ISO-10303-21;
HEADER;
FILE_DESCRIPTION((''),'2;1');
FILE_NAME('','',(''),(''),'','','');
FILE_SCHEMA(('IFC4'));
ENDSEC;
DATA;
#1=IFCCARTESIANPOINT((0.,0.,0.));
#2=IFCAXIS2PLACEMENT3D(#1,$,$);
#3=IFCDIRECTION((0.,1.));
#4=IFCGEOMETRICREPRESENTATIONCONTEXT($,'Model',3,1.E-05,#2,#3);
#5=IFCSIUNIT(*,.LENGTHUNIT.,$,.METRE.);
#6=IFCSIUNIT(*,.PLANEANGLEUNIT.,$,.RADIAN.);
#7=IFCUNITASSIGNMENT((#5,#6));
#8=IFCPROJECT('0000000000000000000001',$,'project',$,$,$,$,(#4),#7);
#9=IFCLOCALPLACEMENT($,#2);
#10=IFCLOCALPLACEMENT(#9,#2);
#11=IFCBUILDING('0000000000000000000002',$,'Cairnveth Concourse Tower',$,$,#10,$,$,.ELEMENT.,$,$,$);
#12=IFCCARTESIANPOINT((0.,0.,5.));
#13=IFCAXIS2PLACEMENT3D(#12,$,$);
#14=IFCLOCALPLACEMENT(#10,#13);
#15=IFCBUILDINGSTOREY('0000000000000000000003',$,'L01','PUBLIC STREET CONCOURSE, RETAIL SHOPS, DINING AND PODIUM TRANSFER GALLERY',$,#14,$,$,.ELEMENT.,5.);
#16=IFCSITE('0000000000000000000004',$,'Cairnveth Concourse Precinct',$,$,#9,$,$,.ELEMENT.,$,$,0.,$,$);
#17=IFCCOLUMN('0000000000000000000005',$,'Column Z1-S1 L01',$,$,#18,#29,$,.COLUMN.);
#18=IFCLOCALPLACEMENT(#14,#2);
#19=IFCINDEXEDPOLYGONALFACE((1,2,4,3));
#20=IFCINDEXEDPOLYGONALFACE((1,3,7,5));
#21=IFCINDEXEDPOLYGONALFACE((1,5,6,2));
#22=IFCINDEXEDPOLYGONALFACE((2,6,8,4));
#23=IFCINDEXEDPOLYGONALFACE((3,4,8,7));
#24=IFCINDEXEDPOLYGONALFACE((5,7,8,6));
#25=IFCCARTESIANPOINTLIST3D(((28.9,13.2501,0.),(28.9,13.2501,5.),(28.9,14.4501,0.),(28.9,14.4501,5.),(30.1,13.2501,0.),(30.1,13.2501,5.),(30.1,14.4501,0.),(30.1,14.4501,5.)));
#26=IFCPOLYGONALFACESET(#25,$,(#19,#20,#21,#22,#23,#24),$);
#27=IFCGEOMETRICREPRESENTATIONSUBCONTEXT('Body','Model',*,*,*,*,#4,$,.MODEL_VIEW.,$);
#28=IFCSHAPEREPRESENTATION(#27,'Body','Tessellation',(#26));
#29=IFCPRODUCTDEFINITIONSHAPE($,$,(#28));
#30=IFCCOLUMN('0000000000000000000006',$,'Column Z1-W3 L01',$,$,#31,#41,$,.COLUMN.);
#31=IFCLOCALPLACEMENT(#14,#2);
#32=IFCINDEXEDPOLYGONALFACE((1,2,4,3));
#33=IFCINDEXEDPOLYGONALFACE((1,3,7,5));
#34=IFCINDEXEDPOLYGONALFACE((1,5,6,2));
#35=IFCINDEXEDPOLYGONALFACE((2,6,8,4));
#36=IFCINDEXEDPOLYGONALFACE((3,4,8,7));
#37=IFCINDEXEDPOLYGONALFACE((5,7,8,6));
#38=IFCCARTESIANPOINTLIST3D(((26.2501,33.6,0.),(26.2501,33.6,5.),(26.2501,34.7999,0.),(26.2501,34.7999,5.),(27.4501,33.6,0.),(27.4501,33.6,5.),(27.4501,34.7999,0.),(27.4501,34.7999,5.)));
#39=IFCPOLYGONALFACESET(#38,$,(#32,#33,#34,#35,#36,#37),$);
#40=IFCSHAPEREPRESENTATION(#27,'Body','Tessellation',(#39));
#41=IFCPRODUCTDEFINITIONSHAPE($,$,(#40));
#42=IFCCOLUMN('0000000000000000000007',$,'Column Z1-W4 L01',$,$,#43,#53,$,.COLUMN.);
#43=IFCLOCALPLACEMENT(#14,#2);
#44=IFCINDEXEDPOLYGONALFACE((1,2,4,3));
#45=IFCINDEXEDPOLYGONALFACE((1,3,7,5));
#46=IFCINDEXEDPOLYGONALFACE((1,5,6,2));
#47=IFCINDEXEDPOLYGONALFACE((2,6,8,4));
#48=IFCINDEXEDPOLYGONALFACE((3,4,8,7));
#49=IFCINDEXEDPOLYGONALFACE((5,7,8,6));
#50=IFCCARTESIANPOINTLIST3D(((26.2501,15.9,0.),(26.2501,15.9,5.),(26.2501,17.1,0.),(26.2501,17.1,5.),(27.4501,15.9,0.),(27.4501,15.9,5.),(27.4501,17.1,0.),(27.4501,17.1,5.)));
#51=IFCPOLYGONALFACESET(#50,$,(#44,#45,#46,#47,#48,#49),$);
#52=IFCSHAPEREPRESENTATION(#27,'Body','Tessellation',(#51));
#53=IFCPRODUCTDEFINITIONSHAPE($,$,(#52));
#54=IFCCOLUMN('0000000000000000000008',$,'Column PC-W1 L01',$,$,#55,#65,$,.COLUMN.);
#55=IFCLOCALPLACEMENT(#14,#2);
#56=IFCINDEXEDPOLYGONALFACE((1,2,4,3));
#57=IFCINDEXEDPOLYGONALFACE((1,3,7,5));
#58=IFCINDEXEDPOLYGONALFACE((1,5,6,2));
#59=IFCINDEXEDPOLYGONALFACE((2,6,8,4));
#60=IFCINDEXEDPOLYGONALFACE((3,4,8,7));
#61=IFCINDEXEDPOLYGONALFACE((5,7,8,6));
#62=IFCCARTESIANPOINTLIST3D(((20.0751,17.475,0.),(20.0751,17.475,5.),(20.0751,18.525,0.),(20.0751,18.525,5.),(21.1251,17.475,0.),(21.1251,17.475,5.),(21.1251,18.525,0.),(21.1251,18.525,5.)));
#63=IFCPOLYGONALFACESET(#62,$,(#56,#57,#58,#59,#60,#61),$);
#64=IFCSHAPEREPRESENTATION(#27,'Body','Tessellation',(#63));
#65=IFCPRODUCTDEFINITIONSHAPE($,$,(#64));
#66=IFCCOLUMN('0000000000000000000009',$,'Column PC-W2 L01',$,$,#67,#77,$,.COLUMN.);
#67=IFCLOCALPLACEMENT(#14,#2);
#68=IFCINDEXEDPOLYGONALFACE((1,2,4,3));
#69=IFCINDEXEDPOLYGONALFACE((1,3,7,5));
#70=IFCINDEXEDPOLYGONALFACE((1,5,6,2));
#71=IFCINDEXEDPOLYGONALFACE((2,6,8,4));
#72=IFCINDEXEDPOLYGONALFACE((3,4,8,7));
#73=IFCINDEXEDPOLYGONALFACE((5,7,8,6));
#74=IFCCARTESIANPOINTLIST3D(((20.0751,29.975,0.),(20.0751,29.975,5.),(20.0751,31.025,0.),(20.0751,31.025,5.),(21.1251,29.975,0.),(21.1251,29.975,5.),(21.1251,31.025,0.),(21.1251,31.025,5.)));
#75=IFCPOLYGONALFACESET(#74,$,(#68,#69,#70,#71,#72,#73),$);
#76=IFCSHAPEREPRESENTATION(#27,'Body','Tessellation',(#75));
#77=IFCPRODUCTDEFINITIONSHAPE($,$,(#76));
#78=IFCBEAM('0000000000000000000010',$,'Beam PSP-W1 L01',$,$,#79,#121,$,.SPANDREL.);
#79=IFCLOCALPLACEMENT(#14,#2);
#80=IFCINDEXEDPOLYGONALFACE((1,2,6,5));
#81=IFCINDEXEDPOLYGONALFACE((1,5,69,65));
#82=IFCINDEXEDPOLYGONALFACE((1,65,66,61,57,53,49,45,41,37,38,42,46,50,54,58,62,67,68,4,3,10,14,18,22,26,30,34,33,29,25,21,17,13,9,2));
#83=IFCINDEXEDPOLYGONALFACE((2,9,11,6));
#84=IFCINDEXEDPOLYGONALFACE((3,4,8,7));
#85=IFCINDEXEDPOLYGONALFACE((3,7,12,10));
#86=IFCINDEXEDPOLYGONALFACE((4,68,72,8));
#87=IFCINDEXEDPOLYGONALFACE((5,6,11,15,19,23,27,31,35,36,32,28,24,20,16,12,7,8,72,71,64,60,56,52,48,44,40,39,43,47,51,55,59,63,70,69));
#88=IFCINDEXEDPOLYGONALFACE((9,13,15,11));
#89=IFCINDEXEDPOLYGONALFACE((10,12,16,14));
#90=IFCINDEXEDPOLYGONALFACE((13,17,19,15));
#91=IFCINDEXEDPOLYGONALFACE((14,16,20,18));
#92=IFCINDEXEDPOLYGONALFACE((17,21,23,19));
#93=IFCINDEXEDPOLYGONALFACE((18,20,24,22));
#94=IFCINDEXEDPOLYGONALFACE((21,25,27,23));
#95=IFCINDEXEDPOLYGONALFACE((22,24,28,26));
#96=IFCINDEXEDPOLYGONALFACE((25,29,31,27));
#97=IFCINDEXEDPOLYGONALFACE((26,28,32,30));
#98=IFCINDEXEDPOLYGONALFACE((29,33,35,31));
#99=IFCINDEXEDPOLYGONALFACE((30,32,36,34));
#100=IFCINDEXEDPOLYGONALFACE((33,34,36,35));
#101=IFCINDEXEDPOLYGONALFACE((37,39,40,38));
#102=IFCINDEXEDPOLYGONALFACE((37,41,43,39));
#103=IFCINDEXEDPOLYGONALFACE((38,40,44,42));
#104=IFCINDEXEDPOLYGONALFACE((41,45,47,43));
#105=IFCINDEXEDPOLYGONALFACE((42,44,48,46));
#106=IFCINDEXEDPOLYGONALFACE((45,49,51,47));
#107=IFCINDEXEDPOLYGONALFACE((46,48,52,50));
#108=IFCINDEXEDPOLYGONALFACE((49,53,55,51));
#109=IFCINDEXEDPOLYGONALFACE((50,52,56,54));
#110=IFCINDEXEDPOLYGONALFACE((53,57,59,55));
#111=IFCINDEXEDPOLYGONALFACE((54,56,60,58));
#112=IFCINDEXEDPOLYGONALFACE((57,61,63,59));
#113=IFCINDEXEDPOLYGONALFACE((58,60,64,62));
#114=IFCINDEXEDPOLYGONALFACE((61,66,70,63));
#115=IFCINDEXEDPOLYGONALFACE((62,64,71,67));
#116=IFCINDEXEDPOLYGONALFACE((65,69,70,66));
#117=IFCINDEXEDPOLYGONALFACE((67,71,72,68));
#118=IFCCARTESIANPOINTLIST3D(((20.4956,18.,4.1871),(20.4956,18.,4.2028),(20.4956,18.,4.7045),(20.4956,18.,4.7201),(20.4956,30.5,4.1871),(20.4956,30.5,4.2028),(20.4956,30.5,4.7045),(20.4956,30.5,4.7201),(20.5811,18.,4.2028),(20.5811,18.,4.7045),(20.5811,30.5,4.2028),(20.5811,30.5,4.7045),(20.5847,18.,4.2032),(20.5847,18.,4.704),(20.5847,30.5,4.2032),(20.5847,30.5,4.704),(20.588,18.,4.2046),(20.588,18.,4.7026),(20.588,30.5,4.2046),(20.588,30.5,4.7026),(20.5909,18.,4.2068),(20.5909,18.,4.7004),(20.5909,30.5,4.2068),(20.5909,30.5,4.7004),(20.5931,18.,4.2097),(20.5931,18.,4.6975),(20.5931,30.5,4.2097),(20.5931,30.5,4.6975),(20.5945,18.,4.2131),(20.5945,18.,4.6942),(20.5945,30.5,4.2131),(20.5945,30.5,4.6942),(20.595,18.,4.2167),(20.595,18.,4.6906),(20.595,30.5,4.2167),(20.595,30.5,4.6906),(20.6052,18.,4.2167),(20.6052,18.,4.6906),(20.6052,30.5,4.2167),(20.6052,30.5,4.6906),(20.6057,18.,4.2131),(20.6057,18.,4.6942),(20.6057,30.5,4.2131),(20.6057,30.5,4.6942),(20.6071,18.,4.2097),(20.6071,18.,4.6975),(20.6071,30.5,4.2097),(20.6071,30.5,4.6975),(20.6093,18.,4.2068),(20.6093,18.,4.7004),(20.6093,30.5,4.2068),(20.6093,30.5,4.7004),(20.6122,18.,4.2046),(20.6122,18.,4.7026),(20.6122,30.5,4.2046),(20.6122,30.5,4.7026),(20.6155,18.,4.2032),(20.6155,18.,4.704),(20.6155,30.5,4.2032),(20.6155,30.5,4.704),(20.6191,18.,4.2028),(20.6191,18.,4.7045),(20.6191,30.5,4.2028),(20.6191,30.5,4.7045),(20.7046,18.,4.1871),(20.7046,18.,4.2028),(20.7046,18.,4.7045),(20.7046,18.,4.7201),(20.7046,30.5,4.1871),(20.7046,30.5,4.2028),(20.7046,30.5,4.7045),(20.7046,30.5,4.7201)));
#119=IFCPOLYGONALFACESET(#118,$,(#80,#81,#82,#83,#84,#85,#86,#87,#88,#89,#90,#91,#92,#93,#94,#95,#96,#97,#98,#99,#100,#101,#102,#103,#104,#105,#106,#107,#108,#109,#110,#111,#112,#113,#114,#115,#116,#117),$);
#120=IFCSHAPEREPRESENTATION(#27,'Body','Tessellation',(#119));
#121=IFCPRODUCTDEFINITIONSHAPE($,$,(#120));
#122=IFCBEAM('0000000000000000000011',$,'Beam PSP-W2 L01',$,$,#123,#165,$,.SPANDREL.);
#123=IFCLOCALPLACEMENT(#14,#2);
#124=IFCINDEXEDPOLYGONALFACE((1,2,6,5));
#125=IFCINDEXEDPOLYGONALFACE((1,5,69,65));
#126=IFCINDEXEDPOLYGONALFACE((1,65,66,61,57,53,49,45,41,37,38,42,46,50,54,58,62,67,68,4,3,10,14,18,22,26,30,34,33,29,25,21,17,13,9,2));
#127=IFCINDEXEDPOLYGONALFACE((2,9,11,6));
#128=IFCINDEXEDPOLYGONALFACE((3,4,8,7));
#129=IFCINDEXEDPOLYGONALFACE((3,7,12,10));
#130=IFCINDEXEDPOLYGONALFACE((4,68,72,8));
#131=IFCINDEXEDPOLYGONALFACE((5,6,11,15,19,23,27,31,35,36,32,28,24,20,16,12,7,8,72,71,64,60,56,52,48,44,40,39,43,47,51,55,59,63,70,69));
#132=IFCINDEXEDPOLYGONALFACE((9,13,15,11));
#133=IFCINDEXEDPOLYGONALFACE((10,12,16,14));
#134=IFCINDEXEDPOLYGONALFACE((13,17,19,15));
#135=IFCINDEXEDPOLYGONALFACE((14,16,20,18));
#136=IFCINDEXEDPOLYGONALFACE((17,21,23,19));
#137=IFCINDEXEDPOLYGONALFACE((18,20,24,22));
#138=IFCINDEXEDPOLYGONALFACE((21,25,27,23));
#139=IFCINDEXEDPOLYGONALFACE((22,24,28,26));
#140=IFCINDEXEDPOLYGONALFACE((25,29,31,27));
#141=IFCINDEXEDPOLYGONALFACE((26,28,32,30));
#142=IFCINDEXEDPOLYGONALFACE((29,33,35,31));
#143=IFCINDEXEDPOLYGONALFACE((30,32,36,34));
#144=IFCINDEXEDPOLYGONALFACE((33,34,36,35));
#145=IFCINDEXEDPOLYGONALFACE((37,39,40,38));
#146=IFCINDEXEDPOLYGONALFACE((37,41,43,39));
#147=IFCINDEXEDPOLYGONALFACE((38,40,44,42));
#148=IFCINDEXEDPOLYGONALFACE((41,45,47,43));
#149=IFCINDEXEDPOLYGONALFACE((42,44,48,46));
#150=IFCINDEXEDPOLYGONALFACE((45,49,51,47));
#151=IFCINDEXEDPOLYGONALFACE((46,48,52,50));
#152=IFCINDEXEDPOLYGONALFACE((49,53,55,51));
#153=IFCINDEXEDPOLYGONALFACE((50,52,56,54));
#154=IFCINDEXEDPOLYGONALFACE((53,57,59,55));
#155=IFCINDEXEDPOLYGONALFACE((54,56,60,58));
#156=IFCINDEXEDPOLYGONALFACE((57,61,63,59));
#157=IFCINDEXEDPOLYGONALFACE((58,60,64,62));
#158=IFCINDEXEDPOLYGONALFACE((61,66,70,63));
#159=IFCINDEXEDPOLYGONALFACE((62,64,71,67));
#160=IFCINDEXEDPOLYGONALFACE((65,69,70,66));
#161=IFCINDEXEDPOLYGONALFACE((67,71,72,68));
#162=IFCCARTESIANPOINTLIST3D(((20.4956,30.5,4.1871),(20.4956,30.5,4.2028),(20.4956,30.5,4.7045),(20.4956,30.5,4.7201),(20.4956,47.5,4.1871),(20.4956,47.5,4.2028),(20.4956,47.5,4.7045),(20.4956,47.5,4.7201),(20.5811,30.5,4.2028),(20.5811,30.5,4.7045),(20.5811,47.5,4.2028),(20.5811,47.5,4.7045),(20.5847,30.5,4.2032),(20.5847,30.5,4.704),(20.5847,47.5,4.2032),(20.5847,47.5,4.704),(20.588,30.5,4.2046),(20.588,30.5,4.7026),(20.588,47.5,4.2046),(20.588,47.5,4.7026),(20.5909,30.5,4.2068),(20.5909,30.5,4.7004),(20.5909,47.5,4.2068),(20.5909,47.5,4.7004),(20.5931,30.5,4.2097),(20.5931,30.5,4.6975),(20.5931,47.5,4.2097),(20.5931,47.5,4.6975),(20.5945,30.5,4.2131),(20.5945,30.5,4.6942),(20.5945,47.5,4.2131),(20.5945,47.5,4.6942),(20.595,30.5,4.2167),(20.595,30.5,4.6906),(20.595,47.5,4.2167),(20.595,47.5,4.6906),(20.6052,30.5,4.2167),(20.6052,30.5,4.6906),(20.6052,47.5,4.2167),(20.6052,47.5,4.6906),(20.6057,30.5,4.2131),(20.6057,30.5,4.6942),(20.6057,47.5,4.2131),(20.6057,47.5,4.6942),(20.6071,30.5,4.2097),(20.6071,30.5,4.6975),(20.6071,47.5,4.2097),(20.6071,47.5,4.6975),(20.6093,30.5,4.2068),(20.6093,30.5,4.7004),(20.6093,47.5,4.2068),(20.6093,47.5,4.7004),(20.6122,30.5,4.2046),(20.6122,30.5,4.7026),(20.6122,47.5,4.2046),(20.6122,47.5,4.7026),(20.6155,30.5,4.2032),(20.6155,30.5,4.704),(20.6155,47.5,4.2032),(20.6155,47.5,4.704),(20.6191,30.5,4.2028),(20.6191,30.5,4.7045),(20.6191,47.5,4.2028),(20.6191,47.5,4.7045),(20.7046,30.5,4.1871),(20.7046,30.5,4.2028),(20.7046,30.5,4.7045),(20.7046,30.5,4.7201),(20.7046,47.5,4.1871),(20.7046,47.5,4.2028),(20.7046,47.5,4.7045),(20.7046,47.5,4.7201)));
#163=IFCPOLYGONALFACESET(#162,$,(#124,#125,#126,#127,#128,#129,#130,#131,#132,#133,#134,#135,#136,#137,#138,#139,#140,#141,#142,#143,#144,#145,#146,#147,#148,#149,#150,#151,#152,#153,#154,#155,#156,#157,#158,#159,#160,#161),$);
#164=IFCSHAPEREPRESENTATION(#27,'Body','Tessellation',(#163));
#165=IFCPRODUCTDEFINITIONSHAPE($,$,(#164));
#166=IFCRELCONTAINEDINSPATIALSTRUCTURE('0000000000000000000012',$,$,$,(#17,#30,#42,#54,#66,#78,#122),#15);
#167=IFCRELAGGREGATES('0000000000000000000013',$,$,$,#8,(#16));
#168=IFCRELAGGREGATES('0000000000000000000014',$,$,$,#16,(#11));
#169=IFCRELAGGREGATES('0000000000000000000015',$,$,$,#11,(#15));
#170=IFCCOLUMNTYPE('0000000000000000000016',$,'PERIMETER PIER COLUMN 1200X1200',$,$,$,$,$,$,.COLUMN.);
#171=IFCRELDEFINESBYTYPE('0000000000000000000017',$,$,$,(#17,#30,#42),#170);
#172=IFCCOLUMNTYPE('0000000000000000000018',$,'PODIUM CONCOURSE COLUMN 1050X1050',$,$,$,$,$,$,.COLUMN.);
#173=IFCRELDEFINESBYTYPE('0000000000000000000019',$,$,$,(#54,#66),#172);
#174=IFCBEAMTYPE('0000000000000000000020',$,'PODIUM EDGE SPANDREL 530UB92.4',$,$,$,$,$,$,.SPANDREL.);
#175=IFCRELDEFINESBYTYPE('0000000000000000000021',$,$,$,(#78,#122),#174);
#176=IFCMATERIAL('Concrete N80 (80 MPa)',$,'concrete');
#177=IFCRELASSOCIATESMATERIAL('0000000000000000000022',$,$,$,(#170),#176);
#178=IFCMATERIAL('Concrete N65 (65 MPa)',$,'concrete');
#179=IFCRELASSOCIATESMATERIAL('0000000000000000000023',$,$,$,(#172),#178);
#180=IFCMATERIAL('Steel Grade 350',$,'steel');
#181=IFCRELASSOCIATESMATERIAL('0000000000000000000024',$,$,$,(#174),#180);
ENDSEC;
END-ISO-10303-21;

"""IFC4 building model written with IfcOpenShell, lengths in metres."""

from ifc_helpers import new_model, si_unit, direction, frame, origin, origin_2d, place, context, subcontext, project, spatial, rectangle, i_section, extrude, material, material_profile, profile_set, type_object, element, save


model = new_model("IFC4")

# Units and contexts
model_context = context("Model", 3, precision=1e-05, world=origin(), true_north=direction((0.0, 1.0)))
body_context = subcontext(model_context, "Body", "Model", "MODEL_VIEW")
ifc_project = project(units=[si_unit("LENGTHUNIT", "METRE"), si_unit("PLANEANGLEUNIT", "RADIAN")], contexts=[model_context])

# Site, building, storey
site_placement = place(None, origin())
site = spatial("IfcSite", under=ifc_project, at=site_placement, Name="Cairnveth Concourse Precinct", CompositionType="ELEMENT", RefElevation=0.0)
building_placement = place(site_placement, origin())
building = spatial("IfcBuilding", under=site, at=building_placement, Name="Cairnveth Concourse Tower", CompositionType="ELEMENT")
storey_placement = place(building_placement, frame((0.0, 0.0, 5.0)))
storey = spatial("IfcBuildingStorey", under=building, at=storey_placement, Name="L01", Description="PUBLIC STREET CONCOURSE, RETAIL SHOPS, DINING AND PODIUM TRANSFER GALLERY", CompositionType="ELEMENT", Elevation=5.0)

# Columns
ifc_material_1 = material(Name="Concrete N80 (80 MPa)", Category="concrete")
ifc_material_profile_1 = material_profile(ifc_material_1, rectangle(XDim=1.2, YDim=1.2, at=origin_2d()), Name="RC-COL-1200x1200")
ifc_profile_set_1 = profile_set([ifc_material_profile_1], Name="Concrete N80 (80 MPa)")
column_type_1 = type_object("IfcColumnType", Name="PERIMETER PIER COLUMN 1200X1200", PredefinedType="COLUMN", material=ifc_profile_set_1)
for number, where, z_axis, x_axis, name in (
    (1, (29.5, 13.8501, 0.0), (0.0, 0.0, 1.0), (1.0, 0.0, 0.0), "Column Z1-S1 L01"),
    (2, (26.8501, 34.2, 0.0), (0.0, 0.0, 1.0), (1.0, 0.0, 0.0), "Column Z1-W3 L01"),
    (3, (26.8501, 16.5, 0.0), (0.0, 0.0, 1.0), (1.0, 0.0, 0.0), "Column Z1-W4 L01"),
):
    element("IfcColumn", number, at=place(storey_placement, frame(where, z_axis=z_axis, x_axis=x_axis)), inside=storey, type_object=column_type_1, Name=name, PredefinedType="COLUMN", context=body_context, shape_type="SweptSolid", body=[
        extrude(rectangle(XDim=1.2, YDim=1.2, at=origin_2d()), origin(), (0.0, 0.0, 1.0), 5.0),
    ])
ifc_material_2 = material(Name="Concrete N65 (65 MPa)", Category="concrete")
ifc_material_profile_2 = material_profile(ifc_material_2, rectangle(XDim=1.05, YDim=1.05, at=origin_2d()), Name="RC-COL-1050x1050")
ifc_profile_set_2 = profile_set([ifc_material_profile_2], Name="Concrete N65 (65 MPa)")
column_type_2 = type_object("IfcColumnType", Name="PODIUM CONCOURSE COLUMN 1050X1050", PredefinedType="COLUMN", material=ifc_profile_set_2)
for number, where, z_axis, x_axis, name in (
    (4, (20.6001, 18.0, 0.0), (0.0, 0.0, 1.0), (1.0, 0.0, 0.0), "Column PC-W1 L01"),
    (5, (20.6001, 30.5, 0.0), (0.0, 0.0, 1.0), (1.0, 0.0, 0.0), "Column PC-W2 L01"),
):
    element("IfcColumn", number, at=place(storey_placement, frame(where, z_axis=z_axis, x_axis=x_axis)), inside=storey, type_object=column_type_2, Name=name, PredefinedType="COLUMN", context=body_context, shape_type="SweptSolid", body=[
        extrude(rectangle(XDim=1.05, YDim=1.05, at=origin_2d()), origin(), (0.0, 0.0, 1.0), 5.0),
    ])

# Beams
ifc_material_3 = material(Name="Steel Grade 350", Category="steel")
ifc_material_profile_3 = material_profile(ifc_material_3, i_section(OverallWidth=0.209, OverallDepth=0.533, WebThickness=0.0103, FlangeThickness=0.0156, FilletRadius=0.0139, at=origin_2d()), Name="530UB92.4")
ifc_profile_set_3 = profile_set([ifc_material_profile_3], Name="Steel Grade 350")
beam_type_1 = type_object("IfcBeamType", Name="PODIUM EDGE SPANDREL 530UB92.4", PredefinedType="SPANDREL", material=ifc_profile_set_3)
beam_1_placement = place(storey_placement, frame((20.6001, 18.0, 4.4536), z_axis=(0.0, 1.0, 0.0), x_axis=(-1.0, 0.0, 0.0)))
element("IfcBeam", 6, at=beam_1_placement, inside=storey, type_object=beam_type_1, Name="Beam PSP-W1 L01", PredefinedType="SPANDREL", context=body_context, shape_type="SweptSolid", body=[
    extrude(i_section(OverallWidth=0.209, OverallDepth=0.533, WebThickness=0.0103, FlangeThickness=0.0156, FilletRadius=0.0139, at=origin_2d()), origin(), (0.0, 0.0, 1.0), 12.5),
])
beam_2_placement = place(storey_placement, frame((20.6001, 30.5, 4.4536), z_axis=(0.0, 1.0, 0.0), x_axis=(-1.0, 0.0, 0.0)))
element("IfcBeam", 7, at=beam_2_placement, inside=storey, type_object=beam_type_1, Name="Beam PSP-W2 L01", PredefinedType="SPANDREL", context=body_context, shape_type="SweptSolid", body=[
    extrude(i_section(OverallWidth=0.209, OverallDepth=0.533, WebThickness=0.0103, FlangeThickness=0.0156, FilletRadius=0.0139, at=origin_2d()), origin(), (0.0, 0.0, 1.0), 17.0),
])

save(model, "model.ifc")
